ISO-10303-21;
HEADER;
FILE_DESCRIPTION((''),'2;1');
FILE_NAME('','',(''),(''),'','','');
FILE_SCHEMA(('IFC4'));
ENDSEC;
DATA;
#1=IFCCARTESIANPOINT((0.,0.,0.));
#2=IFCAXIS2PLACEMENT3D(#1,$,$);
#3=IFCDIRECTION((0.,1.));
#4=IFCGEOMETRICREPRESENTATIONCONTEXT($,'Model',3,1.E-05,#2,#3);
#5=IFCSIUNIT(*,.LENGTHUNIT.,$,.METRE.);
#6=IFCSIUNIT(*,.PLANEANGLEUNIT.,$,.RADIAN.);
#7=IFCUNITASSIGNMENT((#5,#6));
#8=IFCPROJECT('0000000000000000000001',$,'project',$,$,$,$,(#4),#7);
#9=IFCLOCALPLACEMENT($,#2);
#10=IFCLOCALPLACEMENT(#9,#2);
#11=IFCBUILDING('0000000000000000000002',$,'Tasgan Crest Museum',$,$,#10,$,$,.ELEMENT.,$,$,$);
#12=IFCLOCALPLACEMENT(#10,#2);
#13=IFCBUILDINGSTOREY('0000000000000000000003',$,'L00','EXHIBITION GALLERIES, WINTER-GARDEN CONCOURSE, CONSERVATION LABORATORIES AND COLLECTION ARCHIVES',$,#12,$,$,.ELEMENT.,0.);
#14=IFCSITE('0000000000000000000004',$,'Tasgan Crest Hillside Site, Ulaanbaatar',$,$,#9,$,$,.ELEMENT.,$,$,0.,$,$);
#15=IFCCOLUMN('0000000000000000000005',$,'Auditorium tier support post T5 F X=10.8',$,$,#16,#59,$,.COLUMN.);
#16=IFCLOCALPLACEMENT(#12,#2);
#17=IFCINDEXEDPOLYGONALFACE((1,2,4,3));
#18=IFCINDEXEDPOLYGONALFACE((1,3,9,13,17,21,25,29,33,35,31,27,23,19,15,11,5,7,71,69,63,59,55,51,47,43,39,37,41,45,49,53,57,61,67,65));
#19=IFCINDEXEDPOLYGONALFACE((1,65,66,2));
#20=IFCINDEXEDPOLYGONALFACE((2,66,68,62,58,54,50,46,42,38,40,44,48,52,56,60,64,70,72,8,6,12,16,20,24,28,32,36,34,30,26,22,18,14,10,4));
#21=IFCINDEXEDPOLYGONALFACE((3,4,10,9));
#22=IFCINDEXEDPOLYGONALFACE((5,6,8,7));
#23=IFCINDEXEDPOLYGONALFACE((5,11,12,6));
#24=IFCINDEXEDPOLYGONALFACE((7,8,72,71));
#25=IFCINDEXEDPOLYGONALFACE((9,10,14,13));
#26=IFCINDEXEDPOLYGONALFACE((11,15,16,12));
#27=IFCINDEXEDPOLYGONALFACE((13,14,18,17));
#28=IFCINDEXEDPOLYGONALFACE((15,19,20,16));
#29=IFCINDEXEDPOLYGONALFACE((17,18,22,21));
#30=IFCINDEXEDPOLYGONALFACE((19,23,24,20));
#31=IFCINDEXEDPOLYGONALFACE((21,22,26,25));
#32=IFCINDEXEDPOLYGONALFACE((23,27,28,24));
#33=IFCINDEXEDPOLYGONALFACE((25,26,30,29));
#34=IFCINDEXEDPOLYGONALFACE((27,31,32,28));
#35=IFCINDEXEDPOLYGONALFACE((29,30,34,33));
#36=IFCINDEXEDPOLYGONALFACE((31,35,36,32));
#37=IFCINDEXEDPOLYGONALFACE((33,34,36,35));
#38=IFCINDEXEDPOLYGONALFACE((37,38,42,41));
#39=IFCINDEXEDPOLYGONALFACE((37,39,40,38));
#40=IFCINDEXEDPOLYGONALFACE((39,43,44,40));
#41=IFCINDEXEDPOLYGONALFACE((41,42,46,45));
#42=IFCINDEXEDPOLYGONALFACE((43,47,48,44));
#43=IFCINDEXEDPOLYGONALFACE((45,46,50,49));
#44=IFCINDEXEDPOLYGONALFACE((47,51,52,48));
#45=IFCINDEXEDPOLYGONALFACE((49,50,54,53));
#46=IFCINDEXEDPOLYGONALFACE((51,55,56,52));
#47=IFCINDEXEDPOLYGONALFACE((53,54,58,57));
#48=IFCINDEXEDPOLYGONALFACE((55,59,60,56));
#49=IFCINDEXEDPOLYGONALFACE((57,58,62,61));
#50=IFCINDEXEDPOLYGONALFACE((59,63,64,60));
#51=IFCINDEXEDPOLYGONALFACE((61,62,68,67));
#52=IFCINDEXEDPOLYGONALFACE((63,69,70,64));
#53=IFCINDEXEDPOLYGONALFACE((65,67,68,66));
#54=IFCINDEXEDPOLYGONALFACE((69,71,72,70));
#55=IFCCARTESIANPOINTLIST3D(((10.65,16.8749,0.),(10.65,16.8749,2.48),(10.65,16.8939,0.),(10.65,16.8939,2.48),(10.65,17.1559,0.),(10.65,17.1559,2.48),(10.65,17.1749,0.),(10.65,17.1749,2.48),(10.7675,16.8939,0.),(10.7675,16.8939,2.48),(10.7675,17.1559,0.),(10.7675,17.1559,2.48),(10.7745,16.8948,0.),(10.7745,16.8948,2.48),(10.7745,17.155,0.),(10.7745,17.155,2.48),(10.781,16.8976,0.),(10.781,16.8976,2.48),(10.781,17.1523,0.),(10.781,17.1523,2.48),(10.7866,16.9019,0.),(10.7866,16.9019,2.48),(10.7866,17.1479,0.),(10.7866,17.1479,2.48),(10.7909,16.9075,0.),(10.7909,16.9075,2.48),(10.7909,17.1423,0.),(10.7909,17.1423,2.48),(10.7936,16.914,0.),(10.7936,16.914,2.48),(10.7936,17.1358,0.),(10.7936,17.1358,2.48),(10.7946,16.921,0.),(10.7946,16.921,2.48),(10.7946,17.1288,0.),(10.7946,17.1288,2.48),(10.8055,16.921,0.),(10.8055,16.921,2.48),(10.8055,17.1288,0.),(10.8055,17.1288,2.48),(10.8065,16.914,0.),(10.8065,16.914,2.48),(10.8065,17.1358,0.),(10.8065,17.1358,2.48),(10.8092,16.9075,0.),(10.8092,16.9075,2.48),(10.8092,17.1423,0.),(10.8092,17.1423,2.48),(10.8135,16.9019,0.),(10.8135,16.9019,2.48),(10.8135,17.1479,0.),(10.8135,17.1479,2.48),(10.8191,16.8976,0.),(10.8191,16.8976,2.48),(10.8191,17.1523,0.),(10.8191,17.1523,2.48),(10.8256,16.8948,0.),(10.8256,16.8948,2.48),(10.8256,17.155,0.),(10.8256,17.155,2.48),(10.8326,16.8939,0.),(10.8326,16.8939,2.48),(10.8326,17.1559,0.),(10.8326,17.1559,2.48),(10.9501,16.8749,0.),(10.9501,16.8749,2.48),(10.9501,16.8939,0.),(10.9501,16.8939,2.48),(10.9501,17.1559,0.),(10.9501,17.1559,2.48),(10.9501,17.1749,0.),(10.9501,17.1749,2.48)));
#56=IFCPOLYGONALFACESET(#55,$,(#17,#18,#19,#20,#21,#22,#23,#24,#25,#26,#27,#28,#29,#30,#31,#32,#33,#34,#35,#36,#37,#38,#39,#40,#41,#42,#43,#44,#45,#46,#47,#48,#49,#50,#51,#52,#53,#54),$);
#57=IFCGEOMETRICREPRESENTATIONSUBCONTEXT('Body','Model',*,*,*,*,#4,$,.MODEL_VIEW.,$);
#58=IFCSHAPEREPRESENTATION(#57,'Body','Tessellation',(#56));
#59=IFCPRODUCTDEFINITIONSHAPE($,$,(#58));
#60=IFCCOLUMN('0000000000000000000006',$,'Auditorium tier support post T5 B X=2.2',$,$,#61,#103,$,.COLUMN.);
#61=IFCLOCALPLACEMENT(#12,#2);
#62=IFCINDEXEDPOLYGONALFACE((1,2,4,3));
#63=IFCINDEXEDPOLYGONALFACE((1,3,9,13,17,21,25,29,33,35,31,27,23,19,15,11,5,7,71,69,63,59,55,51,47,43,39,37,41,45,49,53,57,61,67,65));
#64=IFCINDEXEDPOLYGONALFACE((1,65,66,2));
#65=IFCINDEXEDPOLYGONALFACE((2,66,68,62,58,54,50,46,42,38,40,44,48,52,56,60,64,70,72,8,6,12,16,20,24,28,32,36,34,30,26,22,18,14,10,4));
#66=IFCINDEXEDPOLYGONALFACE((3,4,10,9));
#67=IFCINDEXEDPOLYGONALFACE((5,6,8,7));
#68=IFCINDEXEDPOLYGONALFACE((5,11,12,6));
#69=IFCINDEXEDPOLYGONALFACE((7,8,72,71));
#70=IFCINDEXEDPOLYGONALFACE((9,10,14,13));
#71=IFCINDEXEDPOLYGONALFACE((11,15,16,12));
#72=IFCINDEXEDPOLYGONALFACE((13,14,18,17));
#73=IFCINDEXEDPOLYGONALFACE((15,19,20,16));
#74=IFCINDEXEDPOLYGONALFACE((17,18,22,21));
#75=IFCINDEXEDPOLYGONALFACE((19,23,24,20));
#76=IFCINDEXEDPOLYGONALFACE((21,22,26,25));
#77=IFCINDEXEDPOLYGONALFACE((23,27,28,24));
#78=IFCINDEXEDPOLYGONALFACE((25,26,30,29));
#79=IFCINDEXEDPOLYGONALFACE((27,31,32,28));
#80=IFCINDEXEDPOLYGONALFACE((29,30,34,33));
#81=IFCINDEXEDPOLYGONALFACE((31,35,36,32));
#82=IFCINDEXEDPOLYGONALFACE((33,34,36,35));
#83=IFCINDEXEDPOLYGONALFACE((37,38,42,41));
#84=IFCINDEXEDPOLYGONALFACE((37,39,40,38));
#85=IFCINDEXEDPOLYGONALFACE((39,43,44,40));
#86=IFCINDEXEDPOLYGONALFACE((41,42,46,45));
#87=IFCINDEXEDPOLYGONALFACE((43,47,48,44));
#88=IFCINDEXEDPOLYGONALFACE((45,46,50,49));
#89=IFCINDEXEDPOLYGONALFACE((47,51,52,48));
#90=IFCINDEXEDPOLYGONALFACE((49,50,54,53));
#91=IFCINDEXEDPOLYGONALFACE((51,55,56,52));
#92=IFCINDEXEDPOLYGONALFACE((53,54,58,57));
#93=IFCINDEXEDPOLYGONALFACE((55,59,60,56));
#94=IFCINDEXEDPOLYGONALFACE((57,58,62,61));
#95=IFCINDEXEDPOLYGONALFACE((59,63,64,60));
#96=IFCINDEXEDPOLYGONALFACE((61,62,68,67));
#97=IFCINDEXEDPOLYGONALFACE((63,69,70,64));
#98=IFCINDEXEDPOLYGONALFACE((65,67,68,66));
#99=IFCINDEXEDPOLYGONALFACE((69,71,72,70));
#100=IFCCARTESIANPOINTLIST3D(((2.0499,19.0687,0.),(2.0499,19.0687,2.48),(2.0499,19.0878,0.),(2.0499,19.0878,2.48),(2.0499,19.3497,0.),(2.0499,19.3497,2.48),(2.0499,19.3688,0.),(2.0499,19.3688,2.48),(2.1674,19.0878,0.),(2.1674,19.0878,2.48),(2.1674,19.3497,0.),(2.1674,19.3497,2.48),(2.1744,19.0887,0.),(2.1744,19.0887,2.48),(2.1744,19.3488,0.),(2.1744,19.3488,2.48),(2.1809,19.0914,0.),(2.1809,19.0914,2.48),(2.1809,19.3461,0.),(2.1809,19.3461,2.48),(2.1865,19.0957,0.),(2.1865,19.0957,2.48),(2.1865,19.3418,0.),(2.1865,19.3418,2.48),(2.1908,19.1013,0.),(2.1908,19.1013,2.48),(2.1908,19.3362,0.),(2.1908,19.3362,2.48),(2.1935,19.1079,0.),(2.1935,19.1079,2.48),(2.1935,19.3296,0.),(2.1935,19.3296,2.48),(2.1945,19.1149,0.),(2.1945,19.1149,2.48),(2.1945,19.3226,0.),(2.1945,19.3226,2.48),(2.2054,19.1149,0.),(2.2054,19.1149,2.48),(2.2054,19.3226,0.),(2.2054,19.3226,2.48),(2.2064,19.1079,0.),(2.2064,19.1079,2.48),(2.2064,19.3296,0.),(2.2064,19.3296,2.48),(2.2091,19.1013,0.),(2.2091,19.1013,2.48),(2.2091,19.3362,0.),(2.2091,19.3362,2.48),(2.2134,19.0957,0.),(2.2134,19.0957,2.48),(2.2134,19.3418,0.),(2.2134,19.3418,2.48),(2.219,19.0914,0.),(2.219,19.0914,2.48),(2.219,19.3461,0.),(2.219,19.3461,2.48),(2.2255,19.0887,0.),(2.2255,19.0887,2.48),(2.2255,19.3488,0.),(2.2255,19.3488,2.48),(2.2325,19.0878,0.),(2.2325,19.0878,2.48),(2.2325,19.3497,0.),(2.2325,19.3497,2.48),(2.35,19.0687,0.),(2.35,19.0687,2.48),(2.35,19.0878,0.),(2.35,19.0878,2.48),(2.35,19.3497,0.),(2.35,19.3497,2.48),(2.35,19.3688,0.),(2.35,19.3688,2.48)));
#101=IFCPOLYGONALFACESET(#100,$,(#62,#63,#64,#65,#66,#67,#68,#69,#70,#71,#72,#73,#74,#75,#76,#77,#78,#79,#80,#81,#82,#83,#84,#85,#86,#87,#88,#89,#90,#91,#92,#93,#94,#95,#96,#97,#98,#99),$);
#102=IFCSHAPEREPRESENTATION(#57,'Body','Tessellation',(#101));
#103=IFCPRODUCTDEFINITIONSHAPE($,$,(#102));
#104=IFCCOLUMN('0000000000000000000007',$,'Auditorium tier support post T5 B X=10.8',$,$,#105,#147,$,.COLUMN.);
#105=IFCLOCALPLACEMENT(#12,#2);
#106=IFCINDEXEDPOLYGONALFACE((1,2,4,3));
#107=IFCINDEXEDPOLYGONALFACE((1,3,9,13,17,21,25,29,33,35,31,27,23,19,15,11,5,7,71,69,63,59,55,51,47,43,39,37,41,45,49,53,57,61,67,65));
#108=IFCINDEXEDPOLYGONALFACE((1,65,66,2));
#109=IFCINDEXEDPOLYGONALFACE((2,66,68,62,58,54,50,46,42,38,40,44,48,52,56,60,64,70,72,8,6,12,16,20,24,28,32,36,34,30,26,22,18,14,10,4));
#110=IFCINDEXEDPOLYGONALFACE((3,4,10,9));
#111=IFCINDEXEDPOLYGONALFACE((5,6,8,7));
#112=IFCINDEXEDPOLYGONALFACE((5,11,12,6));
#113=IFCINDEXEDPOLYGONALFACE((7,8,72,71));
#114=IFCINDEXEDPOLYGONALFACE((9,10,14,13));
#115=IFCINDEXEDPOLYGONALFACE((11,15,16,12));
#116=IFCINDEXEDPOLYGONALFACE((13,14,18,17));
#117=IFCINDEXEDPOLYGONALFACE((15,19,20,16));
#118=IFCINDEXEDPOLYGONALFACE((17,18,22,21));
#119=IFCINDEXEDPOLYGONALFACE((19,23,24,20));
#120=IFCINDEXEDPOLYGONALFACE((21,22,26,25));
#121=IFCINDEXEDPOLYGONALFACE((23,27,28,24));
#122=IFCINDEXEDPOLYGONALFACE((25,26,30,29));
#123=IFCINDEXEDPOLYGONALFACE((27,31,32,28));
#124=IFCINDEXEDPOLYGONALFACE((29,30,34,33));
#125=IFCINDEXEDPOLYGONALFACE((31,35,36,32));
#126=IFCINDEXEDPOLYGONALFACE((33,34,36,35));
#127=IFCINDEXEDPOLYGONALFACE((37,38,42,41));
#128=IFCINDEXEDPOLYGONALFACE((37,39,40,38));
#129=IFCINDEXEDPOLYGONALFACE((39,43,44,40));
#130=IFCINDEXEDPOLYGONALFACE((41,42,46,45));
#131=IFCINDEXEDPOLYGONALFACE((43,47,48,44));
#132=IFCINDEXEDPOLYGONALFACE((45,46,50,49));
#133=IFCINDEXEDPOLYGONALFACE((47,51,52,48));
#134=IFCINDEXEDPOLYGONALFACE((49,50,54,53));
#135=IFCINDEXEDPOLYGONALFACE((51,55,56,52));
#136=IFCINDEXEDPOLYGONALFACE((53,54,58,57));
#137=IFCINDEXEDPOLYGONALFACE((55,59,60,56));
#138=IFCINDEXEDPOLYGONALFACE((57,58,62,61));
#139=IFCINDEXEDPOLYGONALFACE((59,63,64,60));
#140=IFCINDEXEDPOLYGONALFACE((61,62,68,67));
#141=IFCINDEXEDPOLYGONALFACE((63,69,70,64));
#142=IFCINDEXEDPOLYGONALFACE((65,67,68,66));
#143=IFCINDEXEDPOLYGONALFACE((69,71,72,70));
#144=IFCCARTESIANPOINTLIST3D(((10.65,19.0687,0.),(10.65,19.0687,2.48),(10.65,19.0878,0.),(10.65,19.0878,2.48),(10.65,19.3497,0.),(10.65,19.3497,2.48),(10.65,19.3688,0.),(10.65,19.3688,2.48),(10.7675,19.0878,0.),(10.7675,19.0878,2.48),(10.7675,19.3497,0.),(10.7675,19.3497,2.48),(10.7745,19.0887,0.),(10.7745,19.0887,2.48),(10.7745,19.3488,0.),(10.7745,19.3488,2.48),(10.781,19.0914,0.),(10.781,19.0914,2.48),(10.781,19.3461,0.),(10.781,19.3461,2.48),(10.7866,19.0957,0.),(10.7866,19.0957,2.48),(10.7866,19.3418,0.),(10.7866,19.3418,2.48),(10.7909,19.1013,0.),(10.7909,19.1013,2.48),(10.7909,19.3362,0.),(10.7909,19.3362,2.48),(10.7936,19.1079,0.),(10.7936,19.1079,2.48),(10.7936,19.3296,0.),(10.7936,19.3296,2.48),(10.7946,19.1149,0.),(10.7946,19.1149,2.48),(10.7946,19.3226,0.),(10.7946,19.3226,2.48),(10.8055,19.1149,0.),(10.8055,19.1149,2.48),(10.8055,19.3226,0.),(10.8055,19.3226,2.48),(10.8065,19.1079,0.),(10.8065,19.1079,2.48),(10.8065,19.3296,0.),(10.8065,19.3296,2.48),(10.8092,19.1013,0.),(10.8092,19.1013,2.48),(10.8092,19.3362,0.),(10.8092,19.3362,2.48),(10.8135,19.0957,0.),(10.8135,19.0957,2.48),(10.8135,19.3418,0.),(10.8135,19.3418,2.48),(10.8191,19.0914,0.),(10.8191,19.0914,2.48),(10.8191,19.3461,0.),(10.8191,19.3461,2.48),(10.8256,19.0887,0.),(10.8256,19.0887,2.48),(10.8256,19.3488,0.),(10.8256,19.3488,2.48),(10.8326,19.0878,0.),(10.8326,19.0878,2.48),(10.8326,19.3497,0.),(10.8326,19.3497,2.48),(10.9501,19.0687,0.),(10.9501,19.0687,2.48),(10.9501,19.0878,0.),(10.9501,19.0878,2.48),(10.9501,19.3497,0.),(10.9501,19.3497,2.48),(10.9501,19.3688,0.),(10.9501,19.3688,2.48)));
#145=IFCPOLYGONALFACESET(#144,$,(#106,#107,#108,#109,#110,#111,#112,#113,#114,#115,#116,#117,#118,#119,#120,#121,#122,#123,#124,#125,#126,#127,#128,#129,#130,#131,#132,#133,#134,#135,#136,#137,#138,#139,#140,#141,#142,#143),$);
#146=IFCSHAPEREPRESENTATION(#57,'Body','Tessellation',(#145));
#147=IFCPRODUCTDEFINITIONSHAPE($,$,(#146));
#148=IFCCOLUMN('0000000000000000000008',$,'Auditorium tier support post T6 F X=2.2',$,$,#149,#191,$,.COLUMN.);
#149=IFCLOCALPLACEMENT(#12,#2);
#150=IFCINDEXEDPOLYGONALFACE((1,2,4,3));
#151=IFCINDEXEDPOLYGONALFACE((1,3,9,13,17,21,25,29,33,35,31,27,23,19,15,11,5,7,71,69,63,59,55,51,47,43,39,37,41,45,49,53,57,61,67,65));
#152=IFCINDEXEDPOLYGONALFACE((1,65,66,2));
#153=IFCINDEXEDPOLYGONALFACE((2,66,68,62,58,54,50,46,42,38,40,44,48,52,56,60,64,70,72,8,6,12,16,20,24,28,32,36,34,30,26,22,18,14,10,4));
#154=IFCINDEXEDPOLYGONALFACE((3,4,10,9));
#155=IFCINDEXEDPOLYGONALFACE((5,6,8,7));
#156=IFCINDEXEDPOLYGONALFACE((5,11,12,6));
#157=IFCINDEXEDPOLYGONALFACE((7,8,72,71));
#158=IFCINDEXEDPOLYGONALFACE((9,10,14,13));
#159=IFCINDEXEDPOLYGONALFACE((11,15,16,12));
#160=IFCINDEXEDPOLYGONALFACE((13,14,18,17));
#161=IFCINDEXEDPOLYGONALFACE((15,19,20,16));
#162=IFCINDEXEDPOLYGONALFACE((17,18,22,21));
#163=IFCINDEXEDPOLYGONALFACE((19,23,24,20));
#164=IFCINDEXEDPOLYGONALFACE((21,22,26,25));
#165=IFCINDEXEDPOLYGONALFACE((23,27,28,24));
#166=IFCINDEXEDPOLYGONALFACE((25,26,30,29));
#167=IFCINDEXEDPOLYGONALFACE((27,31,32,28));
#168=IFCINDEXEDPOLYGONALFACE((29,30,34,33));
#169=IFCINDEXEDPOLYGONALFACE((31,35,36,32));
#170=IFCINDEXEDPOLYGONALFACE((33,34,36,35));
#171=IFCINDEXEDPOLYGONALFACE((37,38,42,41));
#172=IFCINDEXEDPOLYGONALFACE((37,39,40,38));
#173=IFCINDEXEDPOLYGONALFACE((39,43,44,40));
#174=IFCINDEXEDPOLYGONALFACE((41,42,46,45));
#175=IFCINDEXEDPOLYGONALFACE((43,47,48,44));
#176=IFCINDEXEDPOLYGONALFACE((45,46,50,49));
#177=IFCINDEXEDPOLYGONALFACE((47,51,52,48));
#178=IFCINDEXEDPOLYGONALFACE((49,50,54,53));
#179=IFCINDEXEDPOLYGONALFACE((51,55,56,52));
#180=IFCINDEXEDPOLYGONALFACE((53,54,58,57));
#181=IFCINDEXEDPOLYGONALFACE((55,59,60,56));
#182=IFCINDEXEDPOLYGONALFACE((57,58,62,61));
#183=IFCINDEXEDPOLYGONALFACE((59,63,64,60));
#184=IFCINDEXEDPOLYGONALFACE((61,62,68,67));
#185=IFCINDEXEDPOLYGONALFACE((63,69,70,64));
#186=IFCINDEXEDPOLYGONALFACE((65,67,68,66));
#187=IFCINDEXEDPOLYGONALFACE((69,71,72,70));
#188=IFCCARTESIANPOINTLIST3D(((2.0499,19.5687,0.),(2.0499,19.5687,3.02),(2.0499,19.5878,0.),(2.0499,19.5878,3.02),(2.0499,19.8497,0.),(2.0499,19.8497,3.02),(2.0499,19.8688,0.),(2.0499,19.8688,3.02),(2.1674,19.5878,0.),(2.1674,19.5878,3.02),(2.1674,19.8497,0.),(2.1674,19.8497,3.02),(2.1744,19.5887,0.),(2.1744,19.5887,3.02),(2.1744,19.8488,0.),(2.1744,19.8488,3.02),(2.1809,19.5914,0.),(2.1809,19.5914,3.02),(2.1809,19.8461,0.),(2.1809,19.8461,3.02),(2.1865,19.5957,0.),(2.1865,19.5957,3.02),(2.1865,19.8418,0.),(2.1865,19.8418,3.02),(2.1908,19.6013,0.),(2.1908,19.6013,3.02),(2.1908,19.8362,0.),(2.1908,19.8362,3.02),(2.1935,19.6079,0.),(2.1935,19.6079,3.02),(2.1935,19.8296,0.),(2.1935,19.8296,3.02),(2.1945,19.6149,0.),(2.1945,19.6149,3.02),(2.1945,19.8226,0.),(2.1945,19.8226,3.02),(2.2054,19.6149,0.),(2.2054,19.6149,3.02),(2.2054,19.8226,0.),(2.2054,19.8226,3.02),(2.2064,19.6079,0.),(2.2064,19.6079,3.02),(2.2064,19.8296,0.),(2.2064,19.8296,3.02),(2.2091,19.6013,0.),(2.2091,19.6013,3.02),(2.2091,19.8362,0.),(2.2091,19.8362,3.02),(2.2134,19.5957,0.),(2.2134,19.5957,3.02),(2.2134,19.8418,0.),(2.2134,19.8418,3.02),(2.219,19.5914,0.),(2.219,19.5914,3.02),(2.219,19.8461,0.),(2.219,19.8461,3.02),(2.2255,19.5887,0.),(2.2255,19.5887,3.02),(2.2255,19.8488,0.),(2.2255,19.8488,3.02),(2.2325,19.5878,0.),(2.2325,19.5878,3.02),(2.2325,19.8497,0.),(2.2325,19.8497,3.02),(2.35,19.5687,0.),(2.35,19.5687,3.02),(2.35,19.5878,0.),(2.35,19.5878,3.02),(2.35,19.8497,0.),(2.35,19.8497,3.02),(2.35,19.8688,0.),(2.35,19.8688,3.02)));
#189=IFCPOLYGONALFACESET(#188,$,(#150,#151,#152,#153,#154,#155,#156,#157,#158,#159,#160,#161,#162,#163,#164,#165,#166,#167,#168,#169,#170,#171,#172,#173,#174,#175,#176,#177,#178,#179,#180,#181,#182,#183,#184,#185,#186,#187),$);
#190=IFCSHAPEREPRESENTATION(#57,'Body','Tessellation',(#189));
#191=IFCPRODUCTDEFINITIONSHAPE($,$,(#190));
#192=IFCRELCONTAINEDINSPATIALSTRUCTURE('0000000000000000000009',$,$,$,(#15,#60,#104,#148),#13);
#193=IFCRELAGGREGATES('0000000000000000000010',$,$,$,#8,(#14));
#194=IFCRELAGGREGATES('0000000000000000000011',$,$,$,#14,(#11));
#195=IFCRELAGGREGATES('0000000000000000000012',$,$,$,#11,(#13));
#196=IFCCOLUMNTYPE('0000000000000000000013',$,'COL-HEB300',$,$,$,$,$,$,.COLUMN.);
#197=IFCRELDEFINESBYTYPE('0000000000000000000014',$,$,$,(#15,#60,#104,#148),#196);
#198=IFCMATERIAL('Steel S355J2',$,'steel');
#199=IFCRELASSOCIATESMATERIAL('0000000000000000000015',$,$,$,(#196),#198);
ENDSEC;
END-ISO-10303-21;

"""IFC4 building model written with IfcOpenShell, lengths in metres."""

from ifc_helpers import new_model, si_unit, direction, frame, origin, origin_2d, place, context, subcontext, project, spatial, i_section, extrude, material, material_profile, profile_set, type_object, element, save


model = new_model("IFC4")

# Units and contexts
model_context = context("Model", 3, precision=1e-05, world=origin(), true_north=direction((0.0, 1.0)))
body_context = subcontext(model_context, "Body", "Model", "MODEL_VIEW")
ifc_project = project(units=[si_unit("LENGTHUNIT", "METRE"), si_unit("PLANEANGLEUNIT", "RADIAN")], contexts=[model_context])

# Site, building, storey
site_placement = place(None, origin())
site = spatial("IfcSite", under=ifc_project, at=site_placement, Name="Tasgan Crest Hillside Site, Ulaanbaatar", CompositionType="ELEMENT", RefElevation=0.0)
building_placement = place(site_placement, origin())
building = spatial("IfcBuilding", under=site, at=building_placement, Name="Tasgan Crest Museum", CompositionType="ELEMENT")
storey_placement = place(building_placement, origin())
storey = spatial("IfcBuildingStorey", under=building, at=storey_placement, Name="L00", Description="EXHIBITION GALLERIES, WINTER-GARDEN CONCOURSE, CONSERVATION LABORATORIES AND COLLECTION ARCHIVES", CompositionType="ELEMENT", Elevation=0.0)

# Columns
ifc_material_1 = material(Name="Steel S355J2", Category="steel")
ifc_material_profile_1 = material_profile(ifc_material_1, i_section(OverallWidth=0.3, OverallDepth=0.3, WebThickness=0.011, FlangeThickness=0.019, FilletRadius=0.0271, at=origin_2d()), Name="HEB 300")
ifc_profile_set_1 = profile_set([ifc_material_profile_1], Name="Steel S355J2")
column_type_1 = type_object("IfcColumnType", Name="COL-HEB300", PredefinedType="COLUMN", material=ifc_profile_set_1)
for number, where, z_axis, x_axis, name in (
    (1, (10.8, 17.0249, 0.0), (0.0, 0.0, 1.0), (1.0, 0.0, 0.0), "Auditorium tier support post T5 F X=10.8"),
    (2, (2.2, 19.2188, 0.0), (0.0, 0.0, 1.0), (1.0, 0.0, 0.0), "Auditorium tier support post T5 B X=2.2"),
    (3, (10.8, 19.2188, 0.0), (0.0, 0.0, 1.0), (1.0, 0.0, 0.0), "Auditorium tier support post T5 B X=10.8"),
):
    element("IfcColumn", number, at=place(storey_placement, frame(where, z_axis=z_axis, x_axis=x_axis)), inside=storey, type_object=column_type_1, Name=name, PredefinedType="COLUMN", context=body_context, shape_type="SweptSolid", body=[
        extrude(i_section(OverallWidth=0.3, OverallDepth=0.3, WebThickness=0.011, FlangeThickness=0.019, FilletRadius=0.0271, at=origin_2d()), origin(), (0.0, 0.0, 1.0), 2.48),
    ])
for number, where, z_axis, x_axis, name in (
    (4, (2.2, 19.7188, 0.0), (0.0, 0.0, 1.0), (1.0, 0.0, 0.0), "Auditorium tier support post T6 F X=2.2"),
):
    element("IfcColumn", number, at=place(storey_placement, frame(where, z_axis=z_axis, x_axis=x_axis)), inside=storey, type_object=column_type_1, Name=name, PredefinedType="COLUMN", context=body_context, shape_type="SweptSolid", body=[
        extrude(i_section(OverallWidth=0.3, OverallDepth=0.3, WebThickness=0.011, FlangeThickness=0.019, FilletRadius=0.0271, at=origin_2d()), origin(), (0.0, 0.0, 1.0), 3.02),
    ])

save(model, "model.ifc")
